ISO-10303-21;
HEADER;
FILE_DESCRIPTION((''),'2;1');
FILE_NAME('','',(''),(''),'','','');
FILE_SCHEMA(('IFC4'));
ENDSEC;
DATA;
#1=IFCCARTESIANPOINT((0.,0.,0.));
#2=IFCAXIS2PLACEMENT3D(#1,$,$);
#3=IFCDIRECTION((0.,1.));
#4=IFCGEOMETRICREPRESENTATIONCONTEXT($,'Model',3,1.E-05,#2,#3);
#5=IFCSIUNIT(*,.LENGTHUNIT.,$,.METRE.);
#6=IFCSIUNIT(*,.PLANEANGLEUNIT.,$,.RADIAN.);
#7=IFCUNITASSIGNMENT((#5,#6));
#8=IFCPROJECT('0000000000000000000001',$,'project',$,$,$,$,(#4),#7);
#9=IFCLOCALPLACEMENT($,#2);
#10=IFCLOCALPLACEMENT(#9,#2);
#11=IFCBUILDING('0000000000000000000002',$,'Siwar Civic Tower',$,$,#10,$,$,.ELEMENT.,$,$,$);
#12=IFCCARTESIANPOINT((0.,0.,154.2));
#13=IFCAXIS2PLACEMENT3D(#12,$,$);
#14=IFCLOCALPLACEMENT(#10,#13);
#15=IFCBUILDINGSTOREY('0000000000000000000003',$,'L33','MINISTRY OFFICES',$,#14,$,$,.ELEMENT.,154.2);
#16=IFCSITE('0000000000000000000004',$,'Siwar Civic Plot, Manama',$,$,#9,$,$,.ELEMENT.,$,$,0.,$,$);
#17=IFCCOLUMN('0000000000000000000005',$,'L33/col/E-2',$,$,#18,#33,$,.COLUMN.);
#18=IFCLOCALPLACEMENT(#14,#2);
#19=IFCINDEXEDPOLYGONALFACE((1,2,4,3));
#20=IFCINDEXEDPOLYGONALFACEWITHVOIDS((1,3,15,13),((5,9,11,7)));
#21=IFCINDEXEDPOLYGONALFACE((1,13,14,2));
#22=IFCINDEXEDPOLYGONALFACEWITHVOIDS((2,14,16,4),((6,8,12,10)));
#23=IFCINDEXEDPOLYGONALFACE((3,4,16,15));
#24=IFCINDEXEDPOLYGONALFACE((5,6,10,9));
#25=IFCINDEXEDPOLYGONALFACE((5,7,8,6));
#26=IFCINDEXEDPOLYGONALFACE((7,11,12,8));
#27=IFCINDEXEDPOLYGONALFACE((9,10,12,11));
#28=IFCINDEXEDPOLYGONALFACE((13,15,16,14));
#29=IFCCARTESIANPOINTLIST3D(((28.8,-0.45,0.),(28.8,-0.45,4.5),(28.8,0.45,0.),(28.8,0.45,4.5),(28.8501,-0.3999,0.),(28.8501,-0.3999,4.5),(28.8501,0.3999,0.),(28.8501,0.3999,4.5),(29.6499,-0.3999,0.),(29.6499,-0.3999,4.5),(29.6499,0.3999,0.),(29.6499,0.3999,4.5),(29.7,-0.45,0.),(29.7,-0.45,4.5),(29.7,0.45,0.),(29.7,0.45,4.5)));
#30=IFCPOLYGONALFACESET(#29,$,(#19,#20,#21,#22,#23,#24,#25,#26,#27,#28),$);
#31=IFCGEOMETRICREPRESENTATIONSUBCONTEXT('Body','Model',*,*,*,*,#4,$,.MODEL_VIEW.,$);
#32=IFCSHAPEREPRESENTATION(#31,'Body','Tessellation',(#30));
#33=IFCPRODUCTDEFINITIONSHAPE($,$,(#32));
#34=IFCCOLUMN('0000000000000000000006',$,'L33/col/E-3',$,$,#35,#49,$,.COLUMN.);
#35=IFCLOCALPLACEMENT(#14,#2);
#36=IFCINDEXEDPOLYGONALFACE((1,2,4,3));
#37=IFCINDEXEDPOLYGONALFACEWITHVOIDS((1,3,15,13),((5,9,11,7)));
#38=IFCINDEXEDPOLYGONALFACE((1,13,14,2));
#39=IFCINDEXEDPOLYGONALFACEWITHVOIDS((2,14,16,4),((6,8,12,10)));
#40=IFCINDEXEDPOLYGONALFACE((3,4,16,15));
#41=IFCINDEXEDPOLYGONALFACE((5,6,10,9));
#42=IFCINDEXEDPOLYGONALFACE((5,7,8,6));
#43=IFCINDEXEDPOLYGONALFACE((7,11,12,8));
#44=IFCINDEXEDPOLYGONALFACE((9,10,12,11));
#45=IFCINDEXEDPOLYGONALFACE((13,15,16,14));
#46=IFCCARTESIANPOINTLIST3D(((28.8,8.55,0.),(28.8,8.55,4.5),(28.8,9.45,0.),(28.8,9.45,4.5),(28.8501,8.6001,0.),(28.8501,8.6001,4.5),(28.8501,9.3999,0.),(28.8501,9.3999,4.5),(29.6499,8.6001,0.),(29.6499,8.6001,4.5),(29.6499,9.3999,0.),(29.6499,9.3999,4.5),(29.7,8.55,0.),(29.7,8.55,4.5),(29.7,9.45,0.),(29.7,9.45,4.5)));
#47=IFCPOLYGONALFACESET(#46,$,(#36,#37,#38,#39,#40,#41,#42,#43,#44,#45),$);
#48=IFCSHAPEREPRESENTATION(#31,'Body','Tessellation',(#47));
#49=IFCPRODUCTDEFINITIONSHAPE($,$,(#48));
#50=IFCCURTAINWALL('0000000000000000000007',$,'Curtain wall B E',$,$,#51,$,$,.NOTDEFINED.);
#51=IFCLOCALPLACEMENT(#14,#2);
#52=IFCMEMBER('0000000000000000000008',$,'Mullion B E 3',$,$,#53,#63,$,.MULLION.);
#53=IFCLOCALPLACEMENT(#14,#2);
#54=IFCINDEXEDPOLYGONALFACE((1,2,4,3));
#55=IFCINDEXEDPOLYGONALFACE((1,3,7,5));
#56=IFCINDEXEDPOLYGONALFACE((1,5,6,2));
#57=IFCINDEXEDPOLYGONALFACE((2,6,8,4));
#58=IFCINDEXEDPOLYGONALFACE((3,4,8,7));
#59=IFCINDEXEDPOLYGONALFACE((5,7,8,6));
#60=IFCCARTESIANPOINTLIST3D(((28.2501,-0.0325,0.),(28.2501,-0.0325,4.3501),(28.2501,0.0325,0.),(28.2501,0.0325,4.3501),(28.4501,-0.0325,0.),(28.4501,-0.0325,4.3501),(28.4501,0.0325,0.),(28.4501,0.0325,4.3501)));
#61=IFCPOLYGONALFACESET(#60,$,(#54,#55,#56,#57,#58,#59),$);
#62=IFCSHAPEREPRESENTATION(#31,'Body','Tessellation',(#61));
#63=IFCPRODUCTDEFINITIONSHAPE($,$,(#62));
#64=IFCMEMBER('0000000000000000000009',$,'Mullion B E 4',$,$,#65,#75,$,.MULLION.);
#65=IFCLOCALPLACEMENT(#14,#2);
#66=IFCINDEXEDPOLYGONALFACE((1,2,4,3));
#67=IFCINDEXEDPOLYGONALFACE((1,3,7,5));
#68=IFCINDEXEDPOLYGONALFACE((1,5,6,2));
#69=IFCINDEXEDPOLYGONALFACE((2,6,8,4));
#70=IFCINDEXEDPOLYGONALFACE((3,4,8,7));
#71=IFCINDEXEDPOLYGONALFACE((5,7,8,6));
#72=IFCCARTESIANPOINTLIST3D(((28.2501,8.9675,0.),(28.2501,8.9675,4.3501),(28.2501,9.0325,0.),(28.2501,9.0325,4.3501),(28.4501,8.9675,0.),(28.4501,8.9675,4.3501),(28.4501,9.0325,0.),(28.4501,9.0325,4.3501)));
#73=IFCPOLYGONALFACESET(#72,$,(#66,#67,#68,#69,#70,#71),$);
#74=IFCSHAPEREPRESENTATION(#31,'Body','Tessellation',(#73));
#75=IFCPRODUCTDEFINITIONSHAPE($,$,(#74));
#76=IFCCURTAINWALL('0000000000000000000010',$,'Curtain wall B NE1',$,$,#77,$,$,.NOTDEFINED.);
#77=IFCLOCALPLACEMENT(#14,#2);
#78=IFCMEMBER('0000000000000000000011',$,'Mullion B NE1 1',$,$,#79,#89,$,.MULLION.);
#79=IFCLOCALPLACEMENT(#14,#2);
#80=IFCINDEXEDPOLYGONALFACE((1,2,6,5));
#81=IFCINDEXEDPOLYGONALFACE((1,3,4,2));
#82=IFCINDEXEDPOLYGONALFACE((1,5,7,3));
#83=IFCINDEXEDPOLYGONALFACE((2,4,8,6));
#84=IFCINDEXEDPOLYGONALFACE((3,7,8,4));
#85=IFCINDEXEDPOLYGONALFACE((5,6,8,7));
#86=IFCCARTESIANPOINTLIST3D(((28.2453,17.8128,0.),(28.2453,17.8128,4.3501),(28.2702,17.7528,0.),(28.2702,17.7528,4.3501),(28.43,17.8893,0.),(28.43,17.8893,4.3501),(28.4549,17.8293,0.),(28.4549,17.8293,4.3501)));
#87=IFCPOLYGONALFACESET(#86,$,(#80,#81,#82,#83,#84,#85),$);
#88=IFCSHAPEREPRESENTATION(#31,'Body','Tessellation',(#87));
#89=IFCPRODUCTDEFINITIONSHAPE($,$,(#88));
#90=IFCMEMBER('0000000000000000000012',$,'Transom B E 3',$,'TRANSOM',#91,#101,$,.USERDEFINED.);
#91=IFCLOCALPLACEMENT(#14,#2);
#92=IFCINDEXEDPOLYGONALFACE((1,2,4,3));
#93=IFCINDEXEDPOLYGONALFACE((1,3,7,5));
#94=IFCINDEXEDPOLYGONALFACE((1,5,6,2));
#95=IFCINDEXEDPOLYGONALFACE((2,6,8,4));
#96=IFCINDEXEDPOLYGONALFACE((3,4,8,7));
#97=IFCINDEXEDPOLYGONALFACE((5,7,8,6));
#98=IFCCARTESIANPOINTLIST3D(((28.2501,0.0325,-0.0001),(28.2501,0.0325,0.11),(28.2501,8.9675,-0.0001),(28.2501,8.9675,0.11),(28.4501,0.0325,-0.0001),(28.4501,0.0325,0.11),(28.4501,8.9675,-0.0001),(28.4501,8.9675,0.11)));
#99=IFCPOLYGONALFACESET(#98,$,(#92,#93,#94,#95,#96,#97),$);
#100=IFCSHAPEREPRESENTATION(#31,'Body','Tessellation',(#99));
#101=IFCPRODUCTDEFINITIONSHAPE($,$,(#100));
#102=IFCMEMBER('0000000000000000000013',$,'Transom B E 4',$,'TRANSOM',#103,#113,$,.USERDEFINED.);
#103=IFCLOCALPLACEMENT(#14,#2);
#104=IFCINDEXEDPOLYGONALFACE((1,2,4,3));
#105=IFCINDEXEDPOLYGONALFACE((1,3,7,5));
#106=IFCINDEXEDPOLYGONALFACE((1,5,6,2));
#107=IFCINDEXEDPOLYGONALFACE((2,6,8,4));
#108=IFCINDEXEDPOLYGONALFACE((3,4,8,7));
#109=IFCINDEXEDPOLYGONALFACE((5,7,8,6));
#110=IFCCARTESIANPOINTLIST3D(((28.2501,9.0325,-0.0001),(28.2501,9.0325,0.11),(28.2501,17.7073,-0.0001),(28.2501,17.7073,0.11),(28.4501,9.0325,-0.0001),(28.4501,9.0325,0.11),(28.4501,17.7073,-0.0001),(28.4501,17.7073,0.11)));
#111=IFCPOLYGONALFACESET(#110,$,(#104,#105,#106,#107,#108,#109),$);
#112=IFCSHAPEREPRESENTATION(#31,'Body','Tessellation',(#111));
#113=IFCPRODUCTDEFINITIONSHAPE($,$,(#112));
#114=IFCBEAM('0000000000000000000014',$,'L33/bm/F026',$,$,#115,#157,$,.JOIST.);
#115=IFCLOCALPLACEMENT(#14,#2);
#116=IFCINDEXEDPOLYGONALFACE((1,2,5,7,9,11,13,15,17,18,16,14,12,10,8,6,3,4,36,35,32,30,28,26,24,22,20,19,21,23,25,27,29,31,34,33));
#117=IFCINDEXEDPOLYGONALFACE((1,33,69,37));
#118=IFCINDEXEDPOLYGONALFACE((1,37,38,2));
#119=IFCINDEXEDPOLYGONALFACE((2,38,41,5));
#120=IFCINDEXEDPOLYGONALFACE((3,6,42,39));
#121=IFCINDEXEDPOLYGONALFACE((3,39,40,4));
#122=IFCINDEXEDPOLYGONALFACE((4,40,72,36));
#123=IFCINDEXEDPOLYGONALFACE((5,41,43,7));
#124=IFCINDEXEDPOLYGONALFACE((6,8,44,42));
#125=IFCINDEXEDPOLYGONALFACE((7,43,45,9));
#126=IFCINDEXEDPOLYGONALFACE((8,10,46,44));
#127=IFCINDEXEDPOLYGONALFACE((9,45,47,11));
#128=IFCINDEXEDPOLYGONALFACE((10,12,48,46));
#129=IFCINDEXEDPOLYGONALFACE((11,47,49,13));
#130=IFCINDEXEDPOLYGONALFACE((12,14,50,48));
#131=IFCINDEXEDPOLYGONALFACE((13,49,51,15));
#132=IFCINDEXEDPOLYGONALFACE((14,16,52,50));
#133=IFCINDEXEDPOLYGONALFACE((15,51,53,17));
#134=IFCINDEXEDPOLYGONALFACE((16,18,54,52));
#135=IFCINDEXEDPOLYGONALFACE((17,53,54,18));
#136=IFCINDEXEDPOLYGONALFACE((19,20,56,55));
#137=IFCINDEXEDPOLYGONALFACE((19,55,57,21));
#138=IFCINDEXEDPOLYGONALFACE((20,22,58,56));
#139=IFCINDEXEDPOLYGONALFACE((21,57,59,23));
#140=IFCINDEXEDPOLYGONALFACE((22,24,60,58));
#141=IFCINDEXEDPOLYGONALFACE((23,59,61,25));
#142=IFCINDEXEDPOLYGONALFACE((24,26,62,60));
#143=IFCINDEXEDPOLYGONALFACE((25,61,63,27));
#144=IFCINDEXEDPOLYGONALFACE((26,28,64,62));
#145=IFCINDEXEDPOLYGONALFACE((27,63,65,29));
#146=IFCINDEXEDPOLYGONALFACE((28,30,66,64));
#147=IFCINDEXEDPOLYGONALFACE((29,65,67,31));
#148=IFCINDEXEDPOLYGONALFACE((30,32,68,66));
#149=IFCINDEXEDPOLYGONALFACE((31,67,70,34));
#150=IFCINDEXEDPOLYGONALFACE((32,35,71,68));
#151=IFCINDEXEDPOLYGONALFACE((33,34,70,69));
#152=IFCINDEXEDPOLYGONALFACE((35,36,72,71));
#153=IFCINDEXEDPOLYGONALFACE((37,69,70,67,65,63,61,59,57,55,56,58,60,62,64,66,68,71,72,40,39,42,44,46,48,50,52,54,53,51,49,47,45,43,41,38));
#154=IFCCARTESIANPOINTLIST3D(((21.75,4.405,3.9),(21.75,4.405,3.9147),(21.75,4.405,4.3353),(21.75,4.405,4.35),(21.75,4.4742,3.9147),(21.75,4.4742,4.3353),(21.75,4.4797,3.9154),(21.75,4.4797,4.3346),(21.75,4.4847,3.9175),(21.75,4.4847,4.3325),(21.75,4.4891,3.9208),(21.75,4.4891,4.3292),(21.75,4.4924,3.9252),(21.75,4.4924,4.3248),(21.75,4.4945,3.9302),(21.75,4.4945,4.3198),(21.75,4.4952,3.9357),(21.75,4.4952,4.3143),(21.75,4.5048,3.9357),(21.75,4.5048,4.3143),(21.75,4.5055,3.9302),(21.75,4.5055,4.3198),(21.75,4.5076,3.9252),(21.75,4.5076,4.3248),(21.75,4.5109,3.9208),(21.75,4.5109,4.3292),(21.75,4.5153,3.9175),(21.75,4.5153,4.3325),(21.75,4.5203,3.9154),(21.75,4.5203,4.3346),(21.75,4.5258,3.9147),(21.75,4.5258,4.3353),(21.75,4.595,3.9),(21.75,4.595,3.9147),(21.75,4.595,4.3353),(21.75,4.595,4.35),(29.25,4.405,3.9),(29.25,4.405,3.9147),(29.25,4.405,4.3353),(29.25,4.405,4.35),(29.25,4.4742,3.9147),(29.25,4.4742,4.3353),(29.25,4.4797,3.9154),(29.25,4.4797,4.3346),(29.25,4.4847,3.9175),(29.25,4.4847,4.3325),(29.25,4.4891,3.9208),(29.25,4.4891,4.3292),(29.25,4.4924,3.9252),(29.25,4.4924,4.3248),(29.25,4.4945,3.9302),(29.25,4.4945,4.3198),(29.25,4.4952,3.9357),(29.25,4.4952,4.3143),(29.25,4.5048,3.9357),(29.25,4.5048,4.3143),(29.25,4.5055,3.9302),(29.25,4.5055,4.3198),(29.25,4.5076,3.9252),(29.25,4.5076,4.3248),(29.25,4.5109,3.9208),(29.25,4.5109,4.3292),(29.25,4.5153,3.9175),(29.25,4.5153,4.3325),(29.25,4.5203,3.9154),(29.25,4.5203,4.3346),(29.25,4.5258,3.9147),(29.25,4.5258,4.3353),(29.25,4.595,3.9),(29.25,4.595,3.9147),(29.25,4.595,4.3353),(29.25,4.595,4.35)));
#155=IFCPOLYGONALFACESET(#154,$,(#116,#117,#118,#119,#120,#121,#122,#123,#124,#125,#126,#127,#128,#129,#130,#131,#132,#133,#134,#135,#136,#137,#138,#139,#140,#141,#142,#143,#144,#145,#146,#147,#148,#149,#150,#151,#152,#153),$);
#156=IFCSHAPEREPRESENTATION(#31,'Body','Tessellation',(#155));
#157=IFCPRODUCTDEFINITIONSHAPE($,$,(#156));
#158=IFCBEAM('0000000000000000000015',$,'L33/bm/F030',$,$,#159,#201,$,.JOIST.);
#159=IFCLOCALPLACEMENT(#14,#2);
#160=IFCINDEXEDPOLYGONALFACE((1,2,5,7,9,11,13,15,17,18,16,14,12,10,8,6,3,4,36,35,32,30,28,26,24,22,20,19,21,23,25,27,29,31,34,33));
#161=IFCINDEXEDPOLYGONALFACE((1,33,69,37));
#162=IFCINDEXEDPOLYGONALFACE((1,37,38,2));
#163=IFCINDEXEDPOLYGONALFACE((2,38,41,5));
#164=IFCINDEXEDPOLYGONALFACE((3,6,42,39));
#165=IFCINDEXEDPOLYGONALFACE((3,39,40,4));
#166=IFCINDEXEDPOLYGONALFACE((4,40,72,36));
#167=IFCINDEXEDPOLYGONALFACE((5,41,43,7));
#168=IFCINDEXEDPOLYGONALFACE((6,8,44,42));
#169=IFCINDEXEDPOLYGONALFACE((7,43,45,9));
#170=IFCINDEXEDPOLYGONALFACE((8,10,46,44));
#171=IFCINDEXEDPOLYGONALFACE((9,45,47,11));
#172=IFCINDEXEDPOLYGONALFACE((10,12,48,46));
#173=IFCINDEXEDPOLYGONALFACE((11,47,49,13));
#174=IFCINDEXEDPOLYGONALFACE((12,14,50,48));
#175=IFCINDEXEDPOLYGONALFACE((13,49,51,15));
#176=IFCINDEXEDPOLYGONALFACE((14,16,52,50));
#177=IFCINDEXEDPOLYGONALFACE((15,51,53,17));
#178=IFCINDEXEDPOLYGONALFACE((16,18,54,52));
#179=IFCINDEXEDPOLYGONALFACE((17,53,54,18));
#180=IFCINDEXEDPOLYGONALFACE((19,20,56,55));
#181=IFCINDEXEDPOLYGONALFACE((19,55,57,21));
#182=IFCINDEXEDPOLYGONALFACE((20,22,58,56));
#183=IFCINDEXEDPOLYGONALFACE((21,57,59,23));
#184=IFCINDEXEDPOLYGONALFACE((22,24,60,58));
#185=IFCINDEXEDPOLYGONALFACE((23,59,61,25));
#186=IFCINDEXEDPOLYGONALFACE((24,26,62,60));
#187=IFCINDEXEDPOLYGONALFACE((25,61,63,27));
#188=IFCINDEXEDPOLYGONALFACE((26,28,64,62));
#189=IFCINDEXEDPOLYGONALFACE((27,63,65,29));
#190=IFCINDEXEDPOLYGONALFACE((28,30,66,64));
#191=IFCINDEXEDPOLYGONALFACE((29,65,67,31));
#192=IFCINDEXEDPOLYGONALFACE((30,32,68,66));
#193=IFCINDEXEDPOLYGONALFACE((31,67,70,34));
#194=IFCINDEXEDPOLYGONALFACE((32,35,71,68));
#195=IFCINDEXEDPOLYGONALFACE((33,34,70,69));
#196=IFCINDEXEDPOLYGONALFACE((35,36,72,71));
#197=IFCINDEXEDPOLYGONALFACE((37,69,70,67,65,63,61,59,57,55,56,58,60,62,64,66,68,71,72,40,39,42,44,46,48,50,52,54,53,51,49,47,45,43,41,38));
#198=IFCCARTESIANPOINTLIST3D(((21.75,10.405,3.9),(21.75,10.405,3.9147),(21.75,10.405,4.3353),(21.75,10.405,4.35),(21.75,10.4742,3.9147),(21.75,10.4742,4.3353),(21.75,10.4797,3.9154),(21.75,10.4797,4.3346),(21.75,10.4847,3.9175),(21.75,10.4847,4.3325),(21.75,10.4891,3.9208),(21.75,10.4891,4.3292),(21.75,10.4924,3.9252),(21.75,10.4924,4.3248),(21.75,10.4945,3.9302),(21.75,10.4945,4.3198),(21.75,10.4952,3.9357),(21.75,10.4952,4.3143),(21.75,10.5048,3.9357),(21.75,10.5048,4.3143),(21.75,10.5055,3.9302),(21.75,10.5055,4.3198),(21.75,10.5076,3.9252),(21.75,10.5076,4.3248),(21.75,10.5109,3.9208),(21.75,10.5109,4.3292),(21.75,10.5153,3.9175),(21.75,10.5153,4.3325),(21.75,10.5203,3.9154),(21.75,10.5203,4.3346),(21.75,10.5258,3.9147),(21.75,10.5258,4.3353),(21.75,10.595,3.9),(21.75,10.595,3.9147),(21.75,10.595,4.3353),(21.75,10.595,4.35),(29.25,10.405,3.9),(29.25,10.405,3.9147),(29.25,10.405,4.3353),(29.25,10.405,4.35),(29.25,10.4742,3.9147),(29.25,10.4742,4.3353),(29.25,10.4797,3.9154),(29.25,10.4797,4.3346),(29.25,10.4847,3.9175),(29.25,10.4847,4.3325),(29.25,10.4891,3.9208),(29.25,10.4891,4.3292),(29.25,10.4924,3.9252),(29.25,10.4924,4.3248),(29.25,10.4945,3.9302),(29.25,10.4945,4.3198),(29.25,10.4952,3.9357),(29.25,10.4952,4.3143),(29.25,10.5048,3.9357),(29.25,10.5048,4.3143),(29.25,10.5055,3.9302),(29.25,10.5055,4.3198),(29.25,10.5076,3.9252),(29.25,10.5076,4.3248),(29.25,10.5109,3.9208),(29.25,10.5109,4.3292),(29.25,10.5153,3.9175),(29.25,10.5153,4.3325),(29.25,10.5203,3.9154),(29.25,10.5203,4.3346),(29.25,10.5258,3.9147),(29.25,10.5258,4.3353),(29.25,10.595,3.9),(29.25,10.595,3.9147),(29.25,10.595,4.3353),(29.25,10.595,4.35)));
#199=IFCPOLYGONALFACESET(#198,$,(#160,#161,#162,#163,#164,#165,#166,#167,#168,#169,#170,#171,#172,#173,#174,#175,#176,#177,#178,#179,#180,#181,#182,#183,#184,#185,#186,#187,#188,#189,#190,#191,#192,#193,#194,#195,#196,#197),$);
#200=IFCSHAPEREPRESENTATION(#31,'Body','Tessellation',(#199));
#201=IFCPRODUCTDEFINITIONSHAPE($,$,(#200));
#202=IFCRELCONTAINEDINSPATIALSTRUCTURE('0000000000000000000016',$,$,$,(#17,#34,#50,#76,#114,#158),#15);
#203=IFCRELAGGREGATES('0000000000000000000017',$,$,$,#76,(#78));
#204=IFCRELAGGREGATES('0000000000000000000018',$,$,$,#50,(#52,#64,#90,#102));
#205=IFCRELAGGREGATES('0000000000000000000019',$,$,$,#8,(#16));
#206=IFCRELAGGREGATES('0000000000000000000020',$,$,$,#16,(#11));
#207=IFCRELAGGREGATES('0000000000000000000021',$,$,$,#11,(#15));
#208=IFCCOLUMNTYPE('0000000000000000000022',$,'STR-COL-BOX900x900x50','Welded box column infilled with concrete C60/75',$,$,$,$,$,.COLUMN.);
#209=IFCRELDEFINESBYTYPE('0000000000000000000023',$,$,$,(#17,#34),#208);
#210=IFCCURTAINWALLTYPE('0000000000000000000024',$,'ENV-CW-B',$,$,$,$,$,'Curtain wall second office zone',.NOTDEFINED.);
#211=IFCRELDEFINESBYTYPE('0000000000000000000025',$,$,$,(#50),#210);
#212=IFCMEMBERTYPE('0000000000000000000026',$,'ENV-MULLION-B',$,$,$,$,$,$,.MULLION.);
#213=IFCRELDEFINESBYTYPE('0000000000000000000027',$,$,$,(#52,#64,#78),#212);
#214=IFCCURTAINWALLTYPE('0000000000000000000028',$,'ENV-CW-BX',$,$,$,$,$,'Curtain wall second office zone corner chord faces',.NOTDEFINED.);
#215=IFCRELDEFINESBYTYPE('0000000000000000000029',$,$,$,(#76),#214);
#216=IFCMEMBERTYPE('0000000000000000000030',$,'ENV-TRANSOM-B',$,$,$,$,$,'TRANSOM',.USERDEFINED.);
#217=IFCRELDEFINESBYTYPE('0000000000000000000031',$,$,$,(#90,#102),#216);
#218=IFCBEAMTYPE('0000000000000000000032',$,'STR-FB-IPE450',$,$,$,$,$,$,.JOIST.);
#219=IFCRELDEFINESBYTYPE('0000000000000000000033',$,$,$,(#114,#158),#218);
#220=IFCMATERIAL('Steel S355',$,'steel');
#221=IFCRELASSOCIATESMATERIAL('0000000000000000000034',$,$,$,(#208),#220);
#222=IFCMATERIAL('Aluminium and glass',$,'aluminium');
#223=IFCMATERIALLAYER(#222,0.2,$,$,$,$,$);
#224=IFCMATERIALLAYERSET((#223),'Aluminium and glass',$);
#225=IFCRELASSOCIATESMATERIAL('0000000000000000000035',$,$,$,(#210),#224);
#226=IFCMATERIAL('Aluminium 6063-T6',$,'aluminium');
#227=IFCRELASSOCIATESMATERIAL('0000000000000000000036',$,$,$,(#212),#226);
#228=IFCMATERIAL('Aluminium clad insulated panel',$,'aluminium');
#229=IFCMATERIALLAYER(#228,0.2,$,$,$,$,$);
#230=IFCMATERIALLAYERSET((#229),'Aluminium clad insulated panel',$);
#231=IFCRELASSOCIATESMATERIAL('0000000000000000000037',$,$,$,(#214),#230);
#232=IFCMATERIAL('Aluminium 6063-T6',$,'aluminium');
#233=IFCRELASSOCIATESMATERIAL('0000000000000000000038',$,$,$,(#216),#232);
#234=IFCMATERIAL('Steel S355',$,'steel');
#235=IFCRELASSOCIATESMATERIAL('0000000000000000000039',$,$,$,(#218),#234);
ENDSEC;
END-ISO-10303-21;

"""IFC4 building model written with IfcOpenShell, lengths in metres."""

from ifc_helpers import new_model, si_unit, direction, frame, origin, origin_2d, place, context, subcontext, project, spatial, rectangle, hollow_rectangle, i_section, extrude, material, layer, layer_set, material_profile, profile_set, type_object, element, aggregate, save


model = new_model("IFC4")

# Units and contexts
model_context = context("Model", 3, precision=1e-05, world=origin(), true_north=direction((0.0, 1.0)))
body_context = subcontext(model_context, "Body", "Model", "MODEL_VIEW")
ifc_project = project(units=[si_unit("LENGTHUNIT", "METRE"), si_unit("PLANEANGLEUNIT", "RADIAN")], contexts=[model_context])

# Site, building, storey
site_placement = place(None, origin())
site = spatial("IfcSite", under=ifc_project, at=site_placement, Name="Siwar Civic Plot, Manama", CompositionType="ELEMENT", RefElevation=0.0)
building_placement = place(site_placement, origin())
building = spatial("IfcBuilding", under=site, at=building_placement, Name="Siwar Civic Tower", CompositionType="ELEMENT")
storey_placement = place(building_placement, frame((0.0, 0.0, 154.2)))
storey = spatial("IfcBuildingStorey", under=building, at=storey_placement, Name="L33", Description="MINISTRY OFFICES", CompositionType="ELEMENT", Elevation=154.2)

# Columns
ifc_material_1 = material(Name="Steel S355", Category="steel")
ifc_material_profile_1 = material_profile(ifc_material_1, hollow_rectangle(XDim=0.8999, YDim=0.8999, WallThickness=0.05, at=origin_2d()), Name="BOX900x900x50")
ifc_profile_set_1 = profile_set([ifc_material_profile_1], Name="Steel S355")
column_type = type_object("IfcColumnType", Name="STR-COL-BOX900x900x50", Description="Welded box column infilled with concrete C60/75", PredefinedType="COLUMN", material=ifc_profile_set_1)
for number, where, z_axis, x_axis, name in (
    (1, (29.25, 0.0, 0.0), (0.0, 0.0, 1.0), (1.0, 0.0, 0.0), "L33/col/E-2"),
    (2, (29.25, 9.0, 0.0), (0.0, 0.0, 1.0), (1.0, 0.0, 0.0), "L33/col/E-3"),
):
    element("IfcColumn", number, at=place(storey_placement, frame(where, z_axis=z_axis, x_axis=x_axis)), inside=storey, type_object=column_type, Name=name, PredefinedType="COLUMN", context=body_context, shape_type="SweptSolid", body=[
        extrude(hollow_rectangle(XDim=0.8999, YDim=0.8999, WallThickness=0.05, at=origin_2d()), origin(), (0.0, 0.0, 1.0), 4.5),
    ])

# Curtain wall, members
ifc_material_2 = material(Name="Aluminium and glass", Category="aluminium")
ifc_layer_1 = layer(ifc_material_2, 0.2)
ifc_layer_set_1 = layer_set([ifc_layer_1], Name="Aluminium and glass")
curtain_wall_type_1 = type_object("IfcCurtainWallType", Name="ENV-CW-B", ElementType="Curtain wall second office zone", PredefinedType="NOTDEFINED", material=ifc_layer_set_1)
curtain_wall_1_placement = place(storey_placement, origin())
curtain_wall_1 = element("IfcCurtainWall", 3, at=curtain_wall_1_placement, inside=storey, type_object=curtain_wall_type_1, Name="Curtain wall B E", PredefinedType="NOTDEFINED")
ifc_material_3 = material(Name="Aluminium 6063-T6", Category="aluminium")
ifc_material_profile_2 = material_profile(ifc_material_3, rectangle(XDim=0.2, YDim=0.0649, at=origin_2d()), Name="AL 200x65")
ifc_profile_set_2 = profile_set([ifc_material_profile_2], Name="Aluminium 6063-T6")
member_type_1 = type_object("IfcMemberType", Name="ENV-MULLION-B", PredefinedType="MULLION", material=ifc_profile_set_2)
member_1_placement = place(storey_placement, frame((28.3501, 0.0, 0.0), z_axis=(0.0, 0.0, 1.0), x_axis=(-1.0, 0.0, 0.0)))
member_1 = element("IfcMember", 4, at=member_1_placement, type_object=member_type_1, Name="Mullion B E 3", PredefinedType="MULLION", context=body_context, shape_type="SweptSolid", body=[
    extrude(rectangle(XDim=0.2, YDim=0.0649, at=origin_2d()), origin(), (0.0, 0.0, 1.0), 4.3501),
])
member_2_placement = place(storey_placement, frame((28.3501, 9.0, 0.0), z_axis=(0.0, 0.0, 1.0), x_axis=(-1.0, 0.0, 0.0)))
member_2 = element("IfcMember", 5, at=member_2_placement, type_object=member_type_1, Name="Mullion B E 4", PredefinedType="MULLION", context=body_context, shape_type="SweptSolid", body=[
    extrude(rectangle(XDim=0.2, YDim=0.0649, at=origin_2d()), origin(), (0.0, 0.0, 1.0), 4.3501),
])

# Curtain wall, member
ifc_material_4 = material(Name="Aluminium clad insulated panel", Category="aluminium")
ifc_layer_2 = layer(ifc_material_4, 0.2)
ifc_layer_set_2 = layer_set([ifc_layer_2], Name="Aluminium clad insulated panel")
curtain_wall_type_2 = type_object("IfcCurtainWallType", Name="ENV-CW-BX", ElementType="Curtain wall second office zone corner chord faces", PredefinedType="NOTDEFINED", material=ifc_layer_set_2)
curtain_wall_2_placement = place(storey_placement, origin())
curtain_wall_2 = element("IfcCurtainWall", 6, at=curtain_wall_2_placement, inside=storey, type_object=curtain_wall_type_2, Name="Curtain wall B NE1", PredefinedType="NOTDEFINED")
member_3_placement = place(storey_placement, frame((28.3501, 17.821, 0.0), z_axis=(0.0, 0.0, 1.0), x_axis=(-0.92388, -0.382683, 0.0)))
member_3 = element("IfcMember", 7, at=member_3_placement, type_object=member_type_1, Name="Mullion B NE1 1", PredefinedType="MULLION", context=body_context, shape_type="SweptSolid", body=[
    extrude(rectangle(XDim=0.2, YDim=0.0649, at=origin_2d()), origin(), (0.0, 0.0, 1.0), 4.3501),
])
aggregate(curtain_wall_2, [member_3])

# Members
ifc_material_5 = material(Name="Aluminium 6063-T6", Category="aluminium")
ifc_material_profile_3 = material_profile(ifc_material_5, rectangle(XDim=0.2, YDim=0.1101, at=origin_2d()), Name="AL 200x110")
ifc_profile_set_3 = profile_set([ifc_material_profile_3], Name="Aluminium 6063-T6")
member_type_2 = type_object("IfcMemberType", Name="ENV-TRANSOM-B", ElementType="TRANSOM", PredefinedType="USERDEFINED", material=ifc_profile_set_3)
member_4_placement = place(storey_placement, frame((28.3501, 0.0325, 0.0549), z_axis=(0.0, 1.0, 0.0), x_axis=(-1.0, 0.0, 0.0)))
member_4 = element("IfcMember", 8, at=member_4_placement, type_object=member_type_2, Name="Transom B E 3", ObjectType="TRANSOM", PredefinedType="USERDEFINED", context=body_context, shape_type="SweptSolid", body=[
    extrude(rectangle(XDim=0.2, YDim=0.1101, at=origin_2d()), origin(), (0.0, 0.0, 1.0), 8.9351),
])
member_5_placement = place(storey_placement, frame((28.3501, 9.0325, 0.0549), z_axis=(0.0, 1.0, 0.0), x_axis=(-1.0, 0.0, 0.0)))
member_5 = element("IfcMember", 9, at=member_5_placement, type_object=member_type_2, Name="Transom B E 4", ObjectType="TRANSOM", PredefinedType="USERDEFINED", context=body_context, shape_type="SweptSolid", body=[
    extrude(rectangle(XDim=0.2, YDim=0.1101, at=origin_2d()), origin(), (0.0, 0.0, 1.0), 8.6748),
])

# Beams
ifc_material_6 = material(Name="Steel S355", Category="steel")
ifc_material_profile_4 = material_profile(ifc_material_6, i_section(OverallWidth=0.1899, OverallDepth=0.45, WebThickness=0.0095, FlangeThickness=0.0146, FilletRadius=0.021, at=origin_2d()), Name="IPE450")
ifc_profile_set_4 = profile_set([ifc_material_profile_4], Name="Steel S355")
beam_type_1 = type_object("IfcBeamType", Name="STR-FB-IPE450", PredefinedType="JOIST", material=ifc_profile_set_4)
for number, where, z_axis, x_axis, name in (
    (10, (21.75, 4.5, 4.125), (1.0, 0.0, 0.0), (0.0, 1.0, 0.0), "L33/bm/F026"),
    (11, (21.75, 10.5, 4.125), (1.0, 0.0, 0.0), (0.0, 1.0, 0.0), "L33/bm/F030"),
):
    element("IfcBeam", number, at=place(storey_placement, frame(where, z_axis=z_axis, x_axis=x_axis)), inside=storey, type_object=beam_type_1, Name=name, PredefinedType="JOIST", context=body_context, shape_type="SweptSolid", body=[
        extrude(i_section(OverallWidth=0.1899, OverallDepth=0.45, WebThickness=0.0095, FlangeThickness=0.0146, FilletRadius=0.021, at=origin_2d()), origin(), (0.0, 0.0, 1.0), 7.5),
    ])

aggregate(curtain_wall_1, [member_1, member_2, member_4, member_5])

save(model, "model.ifc")
